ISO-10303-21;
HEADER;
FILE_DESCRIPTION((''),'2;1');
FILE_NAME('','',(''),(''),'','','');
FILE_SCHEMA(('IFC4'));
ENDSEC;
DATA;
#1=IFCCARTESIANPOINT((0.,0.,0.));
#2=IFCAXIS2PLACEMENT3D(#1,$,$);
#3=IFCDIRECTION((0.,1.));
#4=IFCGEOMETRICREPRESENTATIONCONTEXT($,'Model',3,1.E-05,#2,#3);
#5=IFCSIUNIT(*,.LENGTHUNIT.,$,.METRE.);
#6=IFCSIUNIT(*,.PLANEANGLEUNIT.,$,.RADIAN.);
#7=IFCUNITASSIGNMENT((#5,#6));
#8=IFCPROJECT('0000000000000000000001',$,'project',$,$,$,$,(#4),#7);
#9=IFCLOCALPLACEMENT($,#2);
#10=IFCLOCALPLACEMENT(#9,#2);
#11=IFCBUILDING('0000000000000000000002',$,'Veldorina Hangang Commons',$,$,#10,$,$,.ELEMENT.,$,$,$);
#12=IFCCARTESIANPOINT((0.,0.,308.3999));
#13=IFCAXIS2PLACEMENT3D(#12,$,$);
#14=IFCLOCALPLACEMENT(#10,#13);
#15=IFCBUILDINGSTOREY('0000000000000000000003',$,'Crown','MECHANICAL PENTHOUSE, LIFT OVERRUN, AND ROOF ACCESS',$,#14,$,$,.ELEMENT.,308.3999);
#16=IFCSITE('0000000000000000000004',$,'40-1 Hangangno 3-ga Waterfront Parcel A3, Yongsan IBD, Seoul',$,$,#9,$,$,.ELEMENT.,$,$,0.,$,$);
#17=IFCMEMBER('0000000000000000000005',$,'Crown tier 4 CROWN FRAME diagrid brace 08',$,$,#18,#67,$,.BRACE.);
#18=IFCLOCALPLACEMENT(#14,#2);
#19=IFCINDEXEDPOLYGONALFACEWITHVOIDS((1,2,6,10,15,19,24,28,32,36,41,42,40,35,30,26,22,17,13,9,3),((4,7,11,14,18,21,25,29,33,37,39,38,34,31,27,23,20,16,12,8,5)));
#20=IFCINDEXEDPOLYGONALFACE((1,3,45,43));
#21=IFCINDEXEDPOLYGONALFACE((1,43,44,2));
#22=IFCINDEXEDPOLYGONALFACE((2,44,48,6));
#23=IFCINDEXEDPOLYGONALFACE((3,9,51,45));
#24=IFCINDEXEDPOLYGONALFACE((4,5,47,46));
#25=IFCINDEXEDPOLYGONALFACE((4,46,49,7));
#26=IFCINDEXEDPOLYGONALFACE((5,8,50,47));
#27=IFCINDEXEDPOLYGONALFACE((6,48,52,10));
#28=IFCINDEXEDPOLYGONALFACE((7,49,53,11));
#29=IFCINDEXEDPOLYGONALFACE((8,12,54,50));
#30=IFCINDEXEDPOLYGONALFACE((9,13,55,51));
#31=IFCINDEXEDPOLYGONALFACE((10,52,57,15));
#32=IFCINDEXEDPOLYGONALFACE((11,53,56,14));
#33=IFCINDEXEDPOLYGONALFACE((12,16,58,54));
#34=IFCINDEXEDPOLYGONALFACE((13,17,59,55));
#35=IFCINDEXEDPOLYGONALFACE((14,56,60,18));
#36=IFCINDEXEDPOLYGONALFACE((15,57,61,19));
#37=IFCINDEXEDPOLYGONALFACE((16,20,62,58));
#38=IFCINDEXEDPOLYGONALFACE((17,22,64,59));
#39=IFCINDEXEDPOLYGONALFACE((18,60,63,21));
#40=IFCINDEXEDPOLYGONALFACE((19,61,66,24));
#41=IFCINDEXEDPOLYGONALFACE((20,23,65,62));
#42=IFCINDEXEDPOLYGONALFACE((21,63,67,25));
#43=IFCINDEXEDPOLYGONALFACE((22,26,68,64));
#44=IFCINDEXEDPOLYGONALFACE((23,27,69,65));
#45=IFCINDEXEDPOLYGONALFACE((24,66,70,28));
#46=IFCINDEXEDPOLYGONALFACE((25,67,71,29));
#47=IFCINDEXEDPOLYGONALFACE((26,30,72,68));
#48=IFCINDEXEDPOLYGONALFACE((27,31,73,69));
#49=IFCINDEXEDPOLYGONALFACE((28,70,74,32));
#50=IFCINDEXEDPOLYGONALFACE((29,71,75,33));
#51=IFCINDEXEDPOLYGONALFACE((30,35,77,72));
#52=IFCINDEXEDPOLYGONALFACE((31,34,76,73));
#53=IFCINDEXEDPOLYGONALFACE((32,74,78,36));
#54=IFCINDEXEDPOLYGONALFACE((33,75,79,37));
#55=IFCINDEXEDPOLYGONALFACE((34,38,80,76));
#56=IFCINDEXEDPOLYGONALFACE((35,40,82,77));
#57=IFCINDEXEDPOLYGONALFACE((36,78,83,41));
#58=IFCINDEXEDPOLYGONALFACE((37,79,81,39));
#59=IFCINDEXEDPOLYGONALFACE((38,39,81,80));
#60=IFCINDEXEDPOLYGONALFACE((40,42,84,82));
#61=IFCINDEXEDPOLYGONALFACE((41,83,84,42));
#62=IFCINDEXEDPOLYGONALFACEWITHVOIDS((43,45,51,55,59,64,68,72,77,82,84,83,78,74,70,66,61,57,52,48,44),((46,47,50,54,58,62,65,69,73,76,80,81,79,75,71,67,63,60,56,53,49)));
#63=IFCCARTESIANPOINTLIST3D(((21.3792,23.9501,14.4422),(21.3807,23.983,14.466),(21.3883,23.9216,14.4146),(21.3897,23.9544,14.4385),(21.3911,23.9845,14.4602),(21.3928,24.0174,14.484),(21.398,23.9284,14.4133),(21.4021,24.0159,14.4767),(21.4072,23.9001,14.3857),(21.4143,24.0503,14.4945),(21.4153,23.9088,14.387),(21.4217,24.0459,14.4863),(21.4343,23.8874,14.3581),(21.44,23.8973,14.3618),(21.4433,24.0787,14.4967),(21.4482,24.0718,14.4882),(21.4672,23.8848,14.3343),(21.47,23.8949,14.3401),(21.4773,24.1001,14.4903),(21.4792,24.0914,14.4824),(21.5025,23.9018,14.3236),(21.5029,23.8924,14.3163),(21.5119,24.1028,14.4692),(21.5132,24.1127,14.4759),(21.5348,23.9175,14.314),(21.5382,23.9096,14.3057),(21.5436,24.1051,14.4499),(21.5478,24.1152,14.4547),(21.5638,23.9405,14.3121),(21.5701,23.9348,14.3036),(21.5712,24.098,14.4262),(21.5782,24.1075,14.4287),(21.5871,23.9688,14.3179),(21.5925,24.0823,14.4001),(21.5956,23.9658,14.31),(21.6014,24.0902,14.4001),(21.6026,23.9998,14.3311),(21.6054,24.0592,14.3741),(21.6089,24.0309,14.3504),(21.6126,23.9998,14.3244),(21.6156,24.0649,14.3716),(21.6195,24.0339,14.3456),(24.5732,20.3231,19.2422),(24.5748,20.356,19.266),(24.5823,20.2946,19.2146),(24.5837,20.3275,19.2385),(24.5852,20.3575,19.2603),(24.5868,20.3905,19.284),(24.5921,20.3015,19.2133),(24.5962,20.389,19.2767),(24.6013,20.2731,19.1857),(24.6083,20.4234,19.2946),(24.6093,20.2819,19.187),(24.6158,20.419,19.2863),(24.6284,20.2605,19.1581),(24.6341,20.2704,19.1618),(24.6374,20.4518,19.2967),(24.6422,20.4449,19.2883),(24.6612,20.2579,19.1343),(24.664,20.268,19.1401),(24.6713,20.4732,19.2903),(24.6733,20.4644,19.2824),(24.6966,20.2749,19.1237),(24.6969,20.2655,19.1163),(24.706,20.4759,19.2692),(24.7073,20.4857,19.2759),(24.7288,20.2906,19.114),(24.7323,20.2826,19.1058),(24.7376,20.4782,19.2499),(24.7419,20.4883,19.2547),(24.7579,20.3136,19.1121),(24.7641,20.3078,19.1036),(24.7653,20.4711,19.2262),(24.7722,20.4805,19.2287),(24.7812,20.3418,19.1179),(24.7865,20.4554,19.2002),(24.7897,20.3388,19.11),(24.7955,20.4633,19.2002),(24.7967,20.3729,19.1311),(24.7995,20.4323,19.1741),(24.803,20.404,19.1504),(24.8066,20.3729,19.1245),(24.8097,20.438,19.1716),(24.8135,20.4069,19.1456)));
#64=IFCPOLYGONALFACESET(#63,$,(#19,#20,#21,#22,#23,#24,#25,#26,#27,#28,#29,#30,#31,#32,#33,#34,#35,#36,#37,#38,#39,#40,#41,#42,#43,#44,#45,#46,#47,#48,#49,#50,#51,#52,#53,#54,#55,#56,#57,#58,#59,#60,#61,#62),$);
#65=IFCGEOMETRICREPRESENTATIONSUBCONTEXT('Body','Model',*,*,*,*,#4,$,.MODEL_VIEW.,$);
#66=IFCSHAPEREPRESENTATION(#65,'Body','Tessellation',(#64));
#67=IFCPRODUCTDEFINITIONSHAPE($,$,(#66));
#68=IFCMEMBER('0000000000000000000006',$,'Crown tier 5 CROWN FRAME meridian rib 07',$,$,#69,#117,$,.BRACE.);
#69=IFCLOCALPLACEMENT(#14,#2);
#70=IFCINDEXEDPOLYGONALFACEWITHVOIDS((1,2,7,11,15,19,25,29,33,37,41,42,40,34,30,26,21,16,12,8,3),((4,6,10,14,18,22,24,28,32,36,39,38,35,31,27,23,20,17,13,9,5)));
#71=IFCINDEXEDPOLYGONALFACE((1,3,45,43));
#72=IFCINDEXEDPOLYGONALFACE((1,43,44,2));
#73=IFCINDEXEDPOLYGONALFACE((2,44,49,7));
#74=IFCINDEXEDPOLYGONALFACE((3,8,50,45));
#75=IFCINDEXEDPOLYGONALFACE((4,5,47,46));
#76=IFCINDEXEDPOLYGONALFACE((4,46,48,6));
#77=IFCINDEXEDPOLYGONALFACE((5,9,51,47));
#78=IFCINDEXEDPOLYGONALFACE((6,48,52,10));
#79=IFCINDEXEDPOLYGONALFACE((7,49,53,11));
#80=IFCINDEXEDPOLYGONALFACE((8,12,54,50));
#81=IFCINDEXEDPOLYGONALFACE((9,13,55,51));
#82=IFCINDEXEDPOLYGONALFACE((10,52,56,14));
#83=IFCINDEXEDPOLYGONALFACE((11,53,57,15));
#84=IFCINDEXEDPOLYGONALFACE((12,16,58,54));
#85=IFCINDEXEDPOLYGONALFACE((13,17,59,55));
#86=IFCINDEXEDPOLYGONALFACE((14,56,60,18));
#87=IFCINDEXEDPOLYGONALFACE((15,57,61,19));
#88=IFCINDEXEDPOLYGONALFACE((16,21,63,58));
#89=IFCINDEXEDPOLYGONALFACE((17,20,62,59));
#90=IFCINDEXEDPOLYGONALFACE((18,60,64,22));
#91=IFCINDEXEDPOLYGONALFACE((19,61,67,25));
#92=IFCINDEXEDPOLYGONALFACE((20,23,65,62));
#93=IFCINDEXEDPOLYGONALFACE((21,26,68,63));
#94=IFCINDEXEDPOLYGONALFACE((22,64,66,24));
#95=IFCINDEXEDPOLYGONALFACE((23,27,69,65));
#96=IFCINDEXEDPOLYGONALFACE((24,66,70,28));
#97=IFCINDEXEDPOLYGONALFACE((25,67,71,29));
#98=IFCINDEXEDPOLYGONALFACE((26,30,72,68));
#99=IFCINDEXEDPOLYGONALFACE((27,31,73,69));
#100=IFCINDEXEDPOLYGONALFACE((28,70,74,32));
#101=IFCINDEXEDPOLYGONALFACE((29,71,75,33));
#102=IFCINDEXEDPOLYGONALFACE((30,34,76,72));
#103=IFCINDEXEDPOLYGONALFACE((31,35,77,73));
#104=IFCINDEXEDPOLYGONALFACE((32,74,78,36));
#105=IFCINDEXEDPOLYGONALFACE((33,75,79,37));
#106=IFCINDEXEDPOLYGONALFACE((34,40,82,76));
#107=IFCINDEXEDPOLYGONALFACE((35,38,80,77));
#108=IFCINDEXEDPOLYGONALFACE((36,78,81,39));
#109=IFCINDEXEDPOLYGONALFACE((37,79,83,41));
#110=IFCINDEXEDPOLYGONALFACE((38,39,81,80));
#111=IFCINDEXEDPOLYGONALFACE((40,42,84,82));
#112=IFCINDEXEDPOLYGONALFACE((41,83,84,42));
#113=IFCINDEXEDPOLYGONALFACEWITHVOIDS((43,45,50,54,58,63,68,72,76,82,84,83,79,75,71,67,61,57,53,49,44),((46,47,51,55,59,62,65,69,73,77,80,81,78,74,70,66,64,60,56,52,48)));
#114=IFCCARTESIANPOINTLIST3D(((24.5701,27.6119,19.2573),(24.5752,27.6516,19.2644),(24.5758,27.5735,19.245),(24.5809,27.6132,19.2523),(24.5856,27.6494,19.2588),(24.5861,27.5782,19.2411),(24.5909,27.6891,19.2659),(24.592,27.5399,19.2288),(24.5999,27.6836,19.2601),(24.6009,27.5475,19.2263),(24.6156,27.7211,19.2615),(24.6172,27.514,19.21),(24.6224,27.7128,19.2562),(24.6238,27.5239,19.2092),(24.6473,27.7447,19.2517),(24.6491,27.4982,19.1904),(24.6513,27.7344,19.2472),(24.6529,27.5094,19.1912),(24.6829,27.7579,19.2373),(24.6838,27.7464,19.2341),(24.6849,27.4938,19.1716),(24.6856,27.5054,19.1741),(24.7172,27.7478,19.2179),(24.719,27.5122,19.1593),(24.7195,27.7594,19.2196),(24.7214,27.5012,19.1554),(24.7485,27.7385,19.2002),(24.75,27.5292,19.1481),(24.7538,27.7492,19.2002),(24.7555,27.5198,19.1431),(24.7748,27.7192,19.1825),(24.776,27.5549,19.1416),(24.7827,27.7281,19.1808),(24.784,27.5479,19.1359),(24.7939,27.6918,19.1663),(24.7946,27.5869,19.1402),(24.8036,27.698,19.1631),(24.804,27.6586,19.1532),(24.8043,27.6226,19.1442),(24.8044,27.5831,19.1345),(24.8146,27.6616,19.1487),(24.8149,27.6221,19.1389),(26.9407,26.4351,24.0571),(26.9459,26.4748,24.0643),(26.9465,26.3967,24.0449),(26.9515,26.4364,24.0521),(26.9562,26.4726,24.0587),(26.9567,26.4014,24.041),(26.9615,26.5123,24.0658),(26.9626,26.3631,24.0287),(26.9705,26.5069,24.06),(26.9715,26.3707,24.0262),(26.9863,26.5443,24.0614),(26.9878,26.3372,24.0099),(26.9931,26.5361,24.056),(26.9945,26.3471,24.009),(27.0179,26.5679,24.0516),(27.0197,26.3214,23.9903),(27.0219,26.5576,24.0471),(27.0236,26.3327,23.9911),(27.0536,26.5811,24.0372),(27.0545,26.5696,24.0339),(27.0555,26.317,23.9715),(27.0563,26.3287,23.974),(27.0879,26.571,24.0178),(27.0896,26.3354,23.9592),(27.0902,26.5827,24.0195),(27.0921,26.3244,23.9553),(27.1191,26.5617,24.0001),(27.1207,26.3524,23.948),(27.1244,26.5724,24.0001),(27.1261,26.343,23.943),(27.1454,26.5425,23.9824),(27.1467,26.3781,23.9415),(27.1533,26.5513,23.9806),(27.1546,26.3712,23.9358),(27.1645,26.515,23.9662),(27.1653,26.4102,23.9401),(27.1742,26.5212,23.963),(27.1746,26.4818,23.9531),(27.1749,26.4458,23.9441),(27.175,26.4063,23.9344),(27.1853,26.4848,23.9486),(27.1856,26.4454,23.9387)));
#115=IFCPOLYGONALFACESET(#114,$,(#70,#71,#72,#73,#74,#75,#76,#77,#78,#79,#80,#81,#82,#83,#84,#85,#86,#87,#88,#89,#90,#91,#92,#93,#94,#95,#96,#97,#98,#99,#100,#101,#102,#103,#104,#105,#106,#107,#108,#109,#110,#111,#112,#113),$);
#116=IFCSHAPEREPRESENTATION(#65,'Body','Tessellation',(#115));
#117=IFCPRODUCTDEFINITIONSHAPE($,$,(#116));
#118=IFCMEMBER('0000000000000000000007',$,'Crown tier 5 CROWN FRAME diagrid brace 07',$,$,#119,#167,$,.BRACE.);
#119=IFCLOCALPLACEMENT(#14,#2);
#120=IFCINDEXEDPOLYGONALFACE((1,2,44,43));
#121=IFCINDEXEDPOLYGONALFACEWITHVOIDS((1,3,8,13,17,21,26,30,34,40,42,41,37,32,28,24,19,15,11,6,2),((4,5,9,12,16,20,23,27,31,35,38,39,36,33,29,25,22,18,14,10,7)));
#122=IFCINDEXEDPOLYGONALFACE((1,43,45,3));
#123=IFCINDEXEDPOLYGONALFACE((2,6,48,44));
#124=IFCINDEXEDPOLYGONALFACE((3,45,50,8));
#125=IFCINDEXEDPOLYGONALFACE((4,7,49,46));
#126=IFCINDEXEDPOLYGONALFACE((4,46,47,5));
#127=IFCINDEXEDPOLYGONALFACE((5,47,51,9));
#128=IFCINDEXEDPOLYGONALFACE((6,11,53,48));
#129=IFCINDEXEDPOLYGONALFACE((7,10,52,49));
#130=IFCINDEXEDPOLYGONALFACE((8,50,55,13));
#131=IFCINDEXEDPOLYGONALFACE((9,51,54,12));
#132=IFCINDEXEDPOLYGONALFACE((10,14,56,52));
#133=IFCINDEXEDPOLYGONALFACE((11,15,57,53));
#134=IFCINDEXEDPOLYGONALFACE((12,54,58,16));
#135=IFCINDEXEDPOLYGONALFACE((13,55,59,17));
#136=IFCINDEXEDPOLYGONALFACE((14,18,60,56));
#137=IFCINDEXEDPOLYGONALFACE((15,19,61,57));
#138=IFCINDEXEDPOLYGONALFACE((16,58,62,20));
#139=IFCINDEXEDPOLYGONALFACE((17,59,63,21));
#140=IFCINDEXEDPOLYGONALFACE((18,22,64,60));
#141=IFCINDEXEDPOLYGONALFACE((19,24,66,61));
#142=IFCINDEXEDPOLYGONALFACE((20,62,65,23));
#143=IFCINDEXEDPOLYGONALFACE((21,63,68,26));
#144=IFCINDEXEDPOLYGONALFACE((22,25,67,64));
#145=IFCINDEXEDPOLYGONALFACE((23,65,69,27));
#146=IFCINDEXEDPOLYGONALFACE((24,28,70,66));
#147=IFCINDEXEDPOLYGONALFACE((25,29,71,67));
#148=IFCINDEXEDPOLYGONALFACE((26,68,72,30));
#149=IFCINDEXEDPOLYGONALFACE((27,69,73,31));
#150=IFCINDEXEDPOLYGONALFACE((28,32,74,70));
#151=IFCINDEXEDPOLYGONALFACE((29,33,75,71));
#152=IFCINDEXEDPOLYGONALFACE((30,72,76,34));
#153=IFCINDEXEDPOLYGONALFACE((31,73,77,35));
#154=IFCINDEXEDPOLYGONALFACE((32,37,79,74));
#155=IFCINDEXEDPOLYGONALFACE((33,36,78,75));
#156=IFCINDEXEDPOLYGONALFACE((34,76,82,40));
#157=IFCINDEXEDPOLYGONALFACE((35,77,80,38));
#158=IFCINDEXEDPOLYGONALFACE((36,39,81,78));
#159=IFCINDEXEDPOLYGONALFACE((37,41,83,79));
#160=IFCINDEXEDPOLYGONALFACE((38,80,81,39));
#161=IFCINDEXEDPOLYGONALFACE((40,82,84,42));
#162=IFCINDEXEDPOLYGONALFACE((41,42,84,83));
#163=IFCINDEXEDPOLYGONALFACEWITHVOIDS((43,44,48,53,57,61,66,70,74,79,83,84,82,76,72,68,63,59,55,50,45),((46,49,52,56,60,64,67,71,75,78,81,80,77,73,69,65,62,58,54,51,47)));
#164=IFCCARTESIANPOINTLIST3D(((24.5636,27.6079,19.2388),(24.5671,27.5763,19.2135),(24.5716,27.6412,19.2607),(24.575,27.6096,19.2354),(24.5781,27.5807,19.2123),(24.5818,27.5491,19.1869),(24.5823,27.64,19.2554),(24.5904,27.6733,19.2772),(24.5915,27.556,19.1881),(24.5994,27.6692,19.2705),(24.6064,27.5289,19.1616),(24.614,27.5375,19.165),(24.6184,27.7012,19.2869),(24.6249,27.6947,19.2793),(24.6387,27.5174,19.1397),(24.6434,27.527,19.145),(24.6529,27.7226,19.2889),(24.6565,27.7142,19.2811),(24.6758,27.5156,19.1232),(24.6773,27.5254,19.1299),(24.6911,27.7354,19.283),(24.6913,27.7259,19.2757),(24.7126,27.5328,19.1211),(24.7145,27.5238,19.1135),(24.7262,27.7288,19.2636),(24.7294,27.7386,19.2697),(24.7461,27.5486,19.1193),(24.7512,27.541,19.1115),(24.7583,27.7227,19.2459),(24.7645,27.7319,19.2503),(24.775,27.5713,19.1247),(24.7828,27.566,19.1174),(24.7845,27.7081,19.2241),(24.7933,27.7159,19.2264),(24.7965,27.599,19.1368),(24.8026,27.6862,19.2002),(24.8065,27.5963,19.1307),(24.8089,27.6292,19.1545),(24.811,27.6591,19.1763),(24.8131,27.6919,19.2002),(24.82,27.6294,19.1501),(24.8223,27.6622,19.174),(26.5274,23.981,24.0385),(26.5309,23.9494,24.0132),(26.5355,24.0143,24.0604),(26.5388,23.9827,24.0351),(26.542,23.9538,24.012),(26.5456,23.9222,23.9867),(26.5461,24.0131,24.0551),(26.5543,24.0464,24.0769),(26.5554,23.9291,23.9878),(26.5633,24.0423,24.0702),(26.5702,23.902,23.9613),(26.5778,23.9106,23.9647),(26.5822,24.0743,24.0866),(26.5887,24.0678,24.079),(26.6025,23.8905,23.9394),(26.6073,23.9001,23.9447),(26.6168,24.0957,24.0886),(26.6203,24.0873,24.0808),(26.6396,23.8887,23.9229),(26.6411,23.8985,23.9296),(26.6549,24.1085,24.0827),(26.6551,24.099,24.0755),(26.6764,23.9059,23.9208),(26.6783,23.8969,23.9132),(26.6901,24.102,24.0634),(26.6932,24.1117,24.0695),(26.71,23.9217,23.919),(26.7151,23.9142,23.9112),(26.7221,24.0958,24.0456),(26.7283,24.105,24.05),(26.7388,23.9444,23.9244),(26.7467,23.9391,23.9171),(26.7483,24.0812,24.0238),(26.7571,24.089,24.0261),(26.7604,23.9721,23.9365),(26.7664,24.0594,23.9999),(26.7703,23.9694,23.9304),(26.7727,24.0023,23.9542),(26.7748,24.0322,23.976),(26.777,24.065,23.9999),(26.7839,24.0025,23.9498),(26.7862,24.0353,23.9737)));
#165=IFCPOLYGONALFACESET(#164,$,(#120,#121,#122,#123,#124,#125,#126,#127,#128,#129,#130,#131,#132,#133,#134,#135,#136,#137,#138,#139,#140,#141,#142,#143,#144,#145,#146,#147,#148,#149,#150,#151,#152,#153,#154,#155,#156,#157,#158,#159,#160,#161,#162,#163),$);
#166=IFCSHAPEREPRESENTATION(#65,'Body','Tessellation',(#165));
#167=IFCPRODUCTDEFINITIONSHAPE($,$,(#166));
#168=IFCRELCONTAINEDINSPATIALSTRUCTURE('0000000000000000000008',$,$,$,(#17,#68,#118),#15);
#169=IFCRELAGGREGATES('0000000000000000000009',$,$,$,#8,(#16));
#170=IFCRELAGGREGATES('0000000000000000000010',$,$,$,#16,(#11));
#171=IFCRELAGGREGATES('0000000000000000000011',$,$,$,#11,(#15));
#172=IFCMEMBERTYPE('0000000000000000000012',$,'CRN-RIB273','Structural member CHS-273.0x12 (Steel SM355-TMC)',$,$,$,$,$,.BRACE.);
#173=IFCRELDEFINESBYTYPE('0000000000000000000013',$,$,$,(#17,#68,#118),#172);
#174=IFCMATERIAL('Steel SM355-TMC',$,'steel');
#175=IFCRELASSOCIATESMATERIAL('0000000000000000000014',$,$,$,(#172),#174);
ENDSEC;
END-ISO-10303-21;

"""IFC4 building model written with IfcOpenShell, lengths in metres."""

from ifc_helpers import new_model, si_unit, direction, frame, origin, origin_2d, place, context, subcontext, project, spatial, hollow_circle, extrude, material, material_profile, profile_set, type_object, element, save


model = new_model("IFC4")

# Units and contexts
model_context = context("Model", 3, precision=1e-05, world=origin(), true_north=direction((0.0, 1.0)))
body_context = subcontext(model_context, "Body", "Model", "MODEL_VIEW")
ifc_project = project(units=[si_unit("LENGTHUNIT", "METRE"), si_unit("PLANEANGLEUNIT", "RADIAN")], contexts=[model_context])

# Site, building, storey
site_placement = place(None, origin())
site = spatial("IfcSite", under=ifc_project, at=site_placement, Name="40-1 Hangangno 3-ga Waterfront Parcel A3, Yongsan IBD, Seoul", CompositionType="ELEMENT", RefElevation=0.0)
building_placement = place(site_placement, origin())
building = spatial("IfcBuilding", under=site, at=building_placement, Name="Veldorina Hangang Commons", CompositionType="ELEMENT")
storey_placement = place(building_placement, frame((0.0, 0.0, 308.3999)))
storey = spatial("IfcBuildingStorey", under=building, at=storey_placement, Name="Crown", Description="MECHANICAL PENTHOUSE, LIFT OVERRUN, AND ROOF ACCESS", CompositionType="ELEMENT", Elevation=308.3999)

# Members
ifc_material_1 = material(Name="Steel SM355-TMC", Category="steel")
ifc_material_profile_1 = material_profile(ifc_material_1, hollow_circle(Radius=0.1365, WallThickness=0.012, at=origin_2d()), Name="CHS-273.0x12")
ifc_profile_set_1 = profile_set([ifc_material_profile_1], Name="Steel SM355-TMC")
member_type_1 = type_object("IfcMemberType", Name="CRN-RIB273", Description="Structural member CHS-273.0x12 (Steel SM355-TMC)", PredefinedType="BRACE", material=ifc_profile_set_1)
member_1_placement = place(storey_placement, frame((21.499, 24.0, 14.4001), z_axis=(0.468922, -0.53247, 0.704691), x_axis=(0.75047, 0.660905, 0.0)))
element("IfcMember", 1, at=member_1_placement, inside=storey, type_object=member_type_1, Name="Crown tier 4 CROWN FRAME diagrid brace 08", PredefinedType="BRACE", context=body_context, shape_type="SweptSolid", body=[
    extrude(hollow_circle(Radius=0.1365, WallThickness=0.012, at=origin_2d()), origin(), (0.0, 0.0, 1.0), 6.8115),
])
member_2_placement = place(storey_placement, frame((24.6931, 27.627, 19.2002), z_axis=(0.432504, -0.214693, 0.875698), x_axis=(0.444629, 0.895715, 0.0)))
element("IfcMember", 2, at=member_2_placement, inside=storey, type_object=member_type_1, Name="Crown tier 5 CROWN FRAME meridian rib 07", PredefinedType="BRACE", context=body_context, shape_type="SweptSolid", body=[
    extrude(hollow_circle(Radius=0.1365, WallThickness=0.012, at=origin_2d()), origin(), (0.0, 0.0, 1.0), 5.4812),
])
member_3_placement = place(storey_placement, frame((24.6931, 27.627, 19.2002), z_axis=(0.310322, -0.573116, 0.758445), x_axis=(0.879366, 0.476146, 0.0)))
element("IfcMember", 3, at=member_3_placement, inside=storey, type_object=member_type_1, Name="Crown tier 5 CROWN FRAME diagrid brace 07", PredefinedType="BRACE", context=body_context, shape_type="SweptSolid", body=[
    extrude(hollow_circle(Radius=0.1365, WallThickness=0.012, at=origin_2d()), origin(), (0.0, 0.0, 1.0), 6.3284),
])

save(model, "model.ifc")
